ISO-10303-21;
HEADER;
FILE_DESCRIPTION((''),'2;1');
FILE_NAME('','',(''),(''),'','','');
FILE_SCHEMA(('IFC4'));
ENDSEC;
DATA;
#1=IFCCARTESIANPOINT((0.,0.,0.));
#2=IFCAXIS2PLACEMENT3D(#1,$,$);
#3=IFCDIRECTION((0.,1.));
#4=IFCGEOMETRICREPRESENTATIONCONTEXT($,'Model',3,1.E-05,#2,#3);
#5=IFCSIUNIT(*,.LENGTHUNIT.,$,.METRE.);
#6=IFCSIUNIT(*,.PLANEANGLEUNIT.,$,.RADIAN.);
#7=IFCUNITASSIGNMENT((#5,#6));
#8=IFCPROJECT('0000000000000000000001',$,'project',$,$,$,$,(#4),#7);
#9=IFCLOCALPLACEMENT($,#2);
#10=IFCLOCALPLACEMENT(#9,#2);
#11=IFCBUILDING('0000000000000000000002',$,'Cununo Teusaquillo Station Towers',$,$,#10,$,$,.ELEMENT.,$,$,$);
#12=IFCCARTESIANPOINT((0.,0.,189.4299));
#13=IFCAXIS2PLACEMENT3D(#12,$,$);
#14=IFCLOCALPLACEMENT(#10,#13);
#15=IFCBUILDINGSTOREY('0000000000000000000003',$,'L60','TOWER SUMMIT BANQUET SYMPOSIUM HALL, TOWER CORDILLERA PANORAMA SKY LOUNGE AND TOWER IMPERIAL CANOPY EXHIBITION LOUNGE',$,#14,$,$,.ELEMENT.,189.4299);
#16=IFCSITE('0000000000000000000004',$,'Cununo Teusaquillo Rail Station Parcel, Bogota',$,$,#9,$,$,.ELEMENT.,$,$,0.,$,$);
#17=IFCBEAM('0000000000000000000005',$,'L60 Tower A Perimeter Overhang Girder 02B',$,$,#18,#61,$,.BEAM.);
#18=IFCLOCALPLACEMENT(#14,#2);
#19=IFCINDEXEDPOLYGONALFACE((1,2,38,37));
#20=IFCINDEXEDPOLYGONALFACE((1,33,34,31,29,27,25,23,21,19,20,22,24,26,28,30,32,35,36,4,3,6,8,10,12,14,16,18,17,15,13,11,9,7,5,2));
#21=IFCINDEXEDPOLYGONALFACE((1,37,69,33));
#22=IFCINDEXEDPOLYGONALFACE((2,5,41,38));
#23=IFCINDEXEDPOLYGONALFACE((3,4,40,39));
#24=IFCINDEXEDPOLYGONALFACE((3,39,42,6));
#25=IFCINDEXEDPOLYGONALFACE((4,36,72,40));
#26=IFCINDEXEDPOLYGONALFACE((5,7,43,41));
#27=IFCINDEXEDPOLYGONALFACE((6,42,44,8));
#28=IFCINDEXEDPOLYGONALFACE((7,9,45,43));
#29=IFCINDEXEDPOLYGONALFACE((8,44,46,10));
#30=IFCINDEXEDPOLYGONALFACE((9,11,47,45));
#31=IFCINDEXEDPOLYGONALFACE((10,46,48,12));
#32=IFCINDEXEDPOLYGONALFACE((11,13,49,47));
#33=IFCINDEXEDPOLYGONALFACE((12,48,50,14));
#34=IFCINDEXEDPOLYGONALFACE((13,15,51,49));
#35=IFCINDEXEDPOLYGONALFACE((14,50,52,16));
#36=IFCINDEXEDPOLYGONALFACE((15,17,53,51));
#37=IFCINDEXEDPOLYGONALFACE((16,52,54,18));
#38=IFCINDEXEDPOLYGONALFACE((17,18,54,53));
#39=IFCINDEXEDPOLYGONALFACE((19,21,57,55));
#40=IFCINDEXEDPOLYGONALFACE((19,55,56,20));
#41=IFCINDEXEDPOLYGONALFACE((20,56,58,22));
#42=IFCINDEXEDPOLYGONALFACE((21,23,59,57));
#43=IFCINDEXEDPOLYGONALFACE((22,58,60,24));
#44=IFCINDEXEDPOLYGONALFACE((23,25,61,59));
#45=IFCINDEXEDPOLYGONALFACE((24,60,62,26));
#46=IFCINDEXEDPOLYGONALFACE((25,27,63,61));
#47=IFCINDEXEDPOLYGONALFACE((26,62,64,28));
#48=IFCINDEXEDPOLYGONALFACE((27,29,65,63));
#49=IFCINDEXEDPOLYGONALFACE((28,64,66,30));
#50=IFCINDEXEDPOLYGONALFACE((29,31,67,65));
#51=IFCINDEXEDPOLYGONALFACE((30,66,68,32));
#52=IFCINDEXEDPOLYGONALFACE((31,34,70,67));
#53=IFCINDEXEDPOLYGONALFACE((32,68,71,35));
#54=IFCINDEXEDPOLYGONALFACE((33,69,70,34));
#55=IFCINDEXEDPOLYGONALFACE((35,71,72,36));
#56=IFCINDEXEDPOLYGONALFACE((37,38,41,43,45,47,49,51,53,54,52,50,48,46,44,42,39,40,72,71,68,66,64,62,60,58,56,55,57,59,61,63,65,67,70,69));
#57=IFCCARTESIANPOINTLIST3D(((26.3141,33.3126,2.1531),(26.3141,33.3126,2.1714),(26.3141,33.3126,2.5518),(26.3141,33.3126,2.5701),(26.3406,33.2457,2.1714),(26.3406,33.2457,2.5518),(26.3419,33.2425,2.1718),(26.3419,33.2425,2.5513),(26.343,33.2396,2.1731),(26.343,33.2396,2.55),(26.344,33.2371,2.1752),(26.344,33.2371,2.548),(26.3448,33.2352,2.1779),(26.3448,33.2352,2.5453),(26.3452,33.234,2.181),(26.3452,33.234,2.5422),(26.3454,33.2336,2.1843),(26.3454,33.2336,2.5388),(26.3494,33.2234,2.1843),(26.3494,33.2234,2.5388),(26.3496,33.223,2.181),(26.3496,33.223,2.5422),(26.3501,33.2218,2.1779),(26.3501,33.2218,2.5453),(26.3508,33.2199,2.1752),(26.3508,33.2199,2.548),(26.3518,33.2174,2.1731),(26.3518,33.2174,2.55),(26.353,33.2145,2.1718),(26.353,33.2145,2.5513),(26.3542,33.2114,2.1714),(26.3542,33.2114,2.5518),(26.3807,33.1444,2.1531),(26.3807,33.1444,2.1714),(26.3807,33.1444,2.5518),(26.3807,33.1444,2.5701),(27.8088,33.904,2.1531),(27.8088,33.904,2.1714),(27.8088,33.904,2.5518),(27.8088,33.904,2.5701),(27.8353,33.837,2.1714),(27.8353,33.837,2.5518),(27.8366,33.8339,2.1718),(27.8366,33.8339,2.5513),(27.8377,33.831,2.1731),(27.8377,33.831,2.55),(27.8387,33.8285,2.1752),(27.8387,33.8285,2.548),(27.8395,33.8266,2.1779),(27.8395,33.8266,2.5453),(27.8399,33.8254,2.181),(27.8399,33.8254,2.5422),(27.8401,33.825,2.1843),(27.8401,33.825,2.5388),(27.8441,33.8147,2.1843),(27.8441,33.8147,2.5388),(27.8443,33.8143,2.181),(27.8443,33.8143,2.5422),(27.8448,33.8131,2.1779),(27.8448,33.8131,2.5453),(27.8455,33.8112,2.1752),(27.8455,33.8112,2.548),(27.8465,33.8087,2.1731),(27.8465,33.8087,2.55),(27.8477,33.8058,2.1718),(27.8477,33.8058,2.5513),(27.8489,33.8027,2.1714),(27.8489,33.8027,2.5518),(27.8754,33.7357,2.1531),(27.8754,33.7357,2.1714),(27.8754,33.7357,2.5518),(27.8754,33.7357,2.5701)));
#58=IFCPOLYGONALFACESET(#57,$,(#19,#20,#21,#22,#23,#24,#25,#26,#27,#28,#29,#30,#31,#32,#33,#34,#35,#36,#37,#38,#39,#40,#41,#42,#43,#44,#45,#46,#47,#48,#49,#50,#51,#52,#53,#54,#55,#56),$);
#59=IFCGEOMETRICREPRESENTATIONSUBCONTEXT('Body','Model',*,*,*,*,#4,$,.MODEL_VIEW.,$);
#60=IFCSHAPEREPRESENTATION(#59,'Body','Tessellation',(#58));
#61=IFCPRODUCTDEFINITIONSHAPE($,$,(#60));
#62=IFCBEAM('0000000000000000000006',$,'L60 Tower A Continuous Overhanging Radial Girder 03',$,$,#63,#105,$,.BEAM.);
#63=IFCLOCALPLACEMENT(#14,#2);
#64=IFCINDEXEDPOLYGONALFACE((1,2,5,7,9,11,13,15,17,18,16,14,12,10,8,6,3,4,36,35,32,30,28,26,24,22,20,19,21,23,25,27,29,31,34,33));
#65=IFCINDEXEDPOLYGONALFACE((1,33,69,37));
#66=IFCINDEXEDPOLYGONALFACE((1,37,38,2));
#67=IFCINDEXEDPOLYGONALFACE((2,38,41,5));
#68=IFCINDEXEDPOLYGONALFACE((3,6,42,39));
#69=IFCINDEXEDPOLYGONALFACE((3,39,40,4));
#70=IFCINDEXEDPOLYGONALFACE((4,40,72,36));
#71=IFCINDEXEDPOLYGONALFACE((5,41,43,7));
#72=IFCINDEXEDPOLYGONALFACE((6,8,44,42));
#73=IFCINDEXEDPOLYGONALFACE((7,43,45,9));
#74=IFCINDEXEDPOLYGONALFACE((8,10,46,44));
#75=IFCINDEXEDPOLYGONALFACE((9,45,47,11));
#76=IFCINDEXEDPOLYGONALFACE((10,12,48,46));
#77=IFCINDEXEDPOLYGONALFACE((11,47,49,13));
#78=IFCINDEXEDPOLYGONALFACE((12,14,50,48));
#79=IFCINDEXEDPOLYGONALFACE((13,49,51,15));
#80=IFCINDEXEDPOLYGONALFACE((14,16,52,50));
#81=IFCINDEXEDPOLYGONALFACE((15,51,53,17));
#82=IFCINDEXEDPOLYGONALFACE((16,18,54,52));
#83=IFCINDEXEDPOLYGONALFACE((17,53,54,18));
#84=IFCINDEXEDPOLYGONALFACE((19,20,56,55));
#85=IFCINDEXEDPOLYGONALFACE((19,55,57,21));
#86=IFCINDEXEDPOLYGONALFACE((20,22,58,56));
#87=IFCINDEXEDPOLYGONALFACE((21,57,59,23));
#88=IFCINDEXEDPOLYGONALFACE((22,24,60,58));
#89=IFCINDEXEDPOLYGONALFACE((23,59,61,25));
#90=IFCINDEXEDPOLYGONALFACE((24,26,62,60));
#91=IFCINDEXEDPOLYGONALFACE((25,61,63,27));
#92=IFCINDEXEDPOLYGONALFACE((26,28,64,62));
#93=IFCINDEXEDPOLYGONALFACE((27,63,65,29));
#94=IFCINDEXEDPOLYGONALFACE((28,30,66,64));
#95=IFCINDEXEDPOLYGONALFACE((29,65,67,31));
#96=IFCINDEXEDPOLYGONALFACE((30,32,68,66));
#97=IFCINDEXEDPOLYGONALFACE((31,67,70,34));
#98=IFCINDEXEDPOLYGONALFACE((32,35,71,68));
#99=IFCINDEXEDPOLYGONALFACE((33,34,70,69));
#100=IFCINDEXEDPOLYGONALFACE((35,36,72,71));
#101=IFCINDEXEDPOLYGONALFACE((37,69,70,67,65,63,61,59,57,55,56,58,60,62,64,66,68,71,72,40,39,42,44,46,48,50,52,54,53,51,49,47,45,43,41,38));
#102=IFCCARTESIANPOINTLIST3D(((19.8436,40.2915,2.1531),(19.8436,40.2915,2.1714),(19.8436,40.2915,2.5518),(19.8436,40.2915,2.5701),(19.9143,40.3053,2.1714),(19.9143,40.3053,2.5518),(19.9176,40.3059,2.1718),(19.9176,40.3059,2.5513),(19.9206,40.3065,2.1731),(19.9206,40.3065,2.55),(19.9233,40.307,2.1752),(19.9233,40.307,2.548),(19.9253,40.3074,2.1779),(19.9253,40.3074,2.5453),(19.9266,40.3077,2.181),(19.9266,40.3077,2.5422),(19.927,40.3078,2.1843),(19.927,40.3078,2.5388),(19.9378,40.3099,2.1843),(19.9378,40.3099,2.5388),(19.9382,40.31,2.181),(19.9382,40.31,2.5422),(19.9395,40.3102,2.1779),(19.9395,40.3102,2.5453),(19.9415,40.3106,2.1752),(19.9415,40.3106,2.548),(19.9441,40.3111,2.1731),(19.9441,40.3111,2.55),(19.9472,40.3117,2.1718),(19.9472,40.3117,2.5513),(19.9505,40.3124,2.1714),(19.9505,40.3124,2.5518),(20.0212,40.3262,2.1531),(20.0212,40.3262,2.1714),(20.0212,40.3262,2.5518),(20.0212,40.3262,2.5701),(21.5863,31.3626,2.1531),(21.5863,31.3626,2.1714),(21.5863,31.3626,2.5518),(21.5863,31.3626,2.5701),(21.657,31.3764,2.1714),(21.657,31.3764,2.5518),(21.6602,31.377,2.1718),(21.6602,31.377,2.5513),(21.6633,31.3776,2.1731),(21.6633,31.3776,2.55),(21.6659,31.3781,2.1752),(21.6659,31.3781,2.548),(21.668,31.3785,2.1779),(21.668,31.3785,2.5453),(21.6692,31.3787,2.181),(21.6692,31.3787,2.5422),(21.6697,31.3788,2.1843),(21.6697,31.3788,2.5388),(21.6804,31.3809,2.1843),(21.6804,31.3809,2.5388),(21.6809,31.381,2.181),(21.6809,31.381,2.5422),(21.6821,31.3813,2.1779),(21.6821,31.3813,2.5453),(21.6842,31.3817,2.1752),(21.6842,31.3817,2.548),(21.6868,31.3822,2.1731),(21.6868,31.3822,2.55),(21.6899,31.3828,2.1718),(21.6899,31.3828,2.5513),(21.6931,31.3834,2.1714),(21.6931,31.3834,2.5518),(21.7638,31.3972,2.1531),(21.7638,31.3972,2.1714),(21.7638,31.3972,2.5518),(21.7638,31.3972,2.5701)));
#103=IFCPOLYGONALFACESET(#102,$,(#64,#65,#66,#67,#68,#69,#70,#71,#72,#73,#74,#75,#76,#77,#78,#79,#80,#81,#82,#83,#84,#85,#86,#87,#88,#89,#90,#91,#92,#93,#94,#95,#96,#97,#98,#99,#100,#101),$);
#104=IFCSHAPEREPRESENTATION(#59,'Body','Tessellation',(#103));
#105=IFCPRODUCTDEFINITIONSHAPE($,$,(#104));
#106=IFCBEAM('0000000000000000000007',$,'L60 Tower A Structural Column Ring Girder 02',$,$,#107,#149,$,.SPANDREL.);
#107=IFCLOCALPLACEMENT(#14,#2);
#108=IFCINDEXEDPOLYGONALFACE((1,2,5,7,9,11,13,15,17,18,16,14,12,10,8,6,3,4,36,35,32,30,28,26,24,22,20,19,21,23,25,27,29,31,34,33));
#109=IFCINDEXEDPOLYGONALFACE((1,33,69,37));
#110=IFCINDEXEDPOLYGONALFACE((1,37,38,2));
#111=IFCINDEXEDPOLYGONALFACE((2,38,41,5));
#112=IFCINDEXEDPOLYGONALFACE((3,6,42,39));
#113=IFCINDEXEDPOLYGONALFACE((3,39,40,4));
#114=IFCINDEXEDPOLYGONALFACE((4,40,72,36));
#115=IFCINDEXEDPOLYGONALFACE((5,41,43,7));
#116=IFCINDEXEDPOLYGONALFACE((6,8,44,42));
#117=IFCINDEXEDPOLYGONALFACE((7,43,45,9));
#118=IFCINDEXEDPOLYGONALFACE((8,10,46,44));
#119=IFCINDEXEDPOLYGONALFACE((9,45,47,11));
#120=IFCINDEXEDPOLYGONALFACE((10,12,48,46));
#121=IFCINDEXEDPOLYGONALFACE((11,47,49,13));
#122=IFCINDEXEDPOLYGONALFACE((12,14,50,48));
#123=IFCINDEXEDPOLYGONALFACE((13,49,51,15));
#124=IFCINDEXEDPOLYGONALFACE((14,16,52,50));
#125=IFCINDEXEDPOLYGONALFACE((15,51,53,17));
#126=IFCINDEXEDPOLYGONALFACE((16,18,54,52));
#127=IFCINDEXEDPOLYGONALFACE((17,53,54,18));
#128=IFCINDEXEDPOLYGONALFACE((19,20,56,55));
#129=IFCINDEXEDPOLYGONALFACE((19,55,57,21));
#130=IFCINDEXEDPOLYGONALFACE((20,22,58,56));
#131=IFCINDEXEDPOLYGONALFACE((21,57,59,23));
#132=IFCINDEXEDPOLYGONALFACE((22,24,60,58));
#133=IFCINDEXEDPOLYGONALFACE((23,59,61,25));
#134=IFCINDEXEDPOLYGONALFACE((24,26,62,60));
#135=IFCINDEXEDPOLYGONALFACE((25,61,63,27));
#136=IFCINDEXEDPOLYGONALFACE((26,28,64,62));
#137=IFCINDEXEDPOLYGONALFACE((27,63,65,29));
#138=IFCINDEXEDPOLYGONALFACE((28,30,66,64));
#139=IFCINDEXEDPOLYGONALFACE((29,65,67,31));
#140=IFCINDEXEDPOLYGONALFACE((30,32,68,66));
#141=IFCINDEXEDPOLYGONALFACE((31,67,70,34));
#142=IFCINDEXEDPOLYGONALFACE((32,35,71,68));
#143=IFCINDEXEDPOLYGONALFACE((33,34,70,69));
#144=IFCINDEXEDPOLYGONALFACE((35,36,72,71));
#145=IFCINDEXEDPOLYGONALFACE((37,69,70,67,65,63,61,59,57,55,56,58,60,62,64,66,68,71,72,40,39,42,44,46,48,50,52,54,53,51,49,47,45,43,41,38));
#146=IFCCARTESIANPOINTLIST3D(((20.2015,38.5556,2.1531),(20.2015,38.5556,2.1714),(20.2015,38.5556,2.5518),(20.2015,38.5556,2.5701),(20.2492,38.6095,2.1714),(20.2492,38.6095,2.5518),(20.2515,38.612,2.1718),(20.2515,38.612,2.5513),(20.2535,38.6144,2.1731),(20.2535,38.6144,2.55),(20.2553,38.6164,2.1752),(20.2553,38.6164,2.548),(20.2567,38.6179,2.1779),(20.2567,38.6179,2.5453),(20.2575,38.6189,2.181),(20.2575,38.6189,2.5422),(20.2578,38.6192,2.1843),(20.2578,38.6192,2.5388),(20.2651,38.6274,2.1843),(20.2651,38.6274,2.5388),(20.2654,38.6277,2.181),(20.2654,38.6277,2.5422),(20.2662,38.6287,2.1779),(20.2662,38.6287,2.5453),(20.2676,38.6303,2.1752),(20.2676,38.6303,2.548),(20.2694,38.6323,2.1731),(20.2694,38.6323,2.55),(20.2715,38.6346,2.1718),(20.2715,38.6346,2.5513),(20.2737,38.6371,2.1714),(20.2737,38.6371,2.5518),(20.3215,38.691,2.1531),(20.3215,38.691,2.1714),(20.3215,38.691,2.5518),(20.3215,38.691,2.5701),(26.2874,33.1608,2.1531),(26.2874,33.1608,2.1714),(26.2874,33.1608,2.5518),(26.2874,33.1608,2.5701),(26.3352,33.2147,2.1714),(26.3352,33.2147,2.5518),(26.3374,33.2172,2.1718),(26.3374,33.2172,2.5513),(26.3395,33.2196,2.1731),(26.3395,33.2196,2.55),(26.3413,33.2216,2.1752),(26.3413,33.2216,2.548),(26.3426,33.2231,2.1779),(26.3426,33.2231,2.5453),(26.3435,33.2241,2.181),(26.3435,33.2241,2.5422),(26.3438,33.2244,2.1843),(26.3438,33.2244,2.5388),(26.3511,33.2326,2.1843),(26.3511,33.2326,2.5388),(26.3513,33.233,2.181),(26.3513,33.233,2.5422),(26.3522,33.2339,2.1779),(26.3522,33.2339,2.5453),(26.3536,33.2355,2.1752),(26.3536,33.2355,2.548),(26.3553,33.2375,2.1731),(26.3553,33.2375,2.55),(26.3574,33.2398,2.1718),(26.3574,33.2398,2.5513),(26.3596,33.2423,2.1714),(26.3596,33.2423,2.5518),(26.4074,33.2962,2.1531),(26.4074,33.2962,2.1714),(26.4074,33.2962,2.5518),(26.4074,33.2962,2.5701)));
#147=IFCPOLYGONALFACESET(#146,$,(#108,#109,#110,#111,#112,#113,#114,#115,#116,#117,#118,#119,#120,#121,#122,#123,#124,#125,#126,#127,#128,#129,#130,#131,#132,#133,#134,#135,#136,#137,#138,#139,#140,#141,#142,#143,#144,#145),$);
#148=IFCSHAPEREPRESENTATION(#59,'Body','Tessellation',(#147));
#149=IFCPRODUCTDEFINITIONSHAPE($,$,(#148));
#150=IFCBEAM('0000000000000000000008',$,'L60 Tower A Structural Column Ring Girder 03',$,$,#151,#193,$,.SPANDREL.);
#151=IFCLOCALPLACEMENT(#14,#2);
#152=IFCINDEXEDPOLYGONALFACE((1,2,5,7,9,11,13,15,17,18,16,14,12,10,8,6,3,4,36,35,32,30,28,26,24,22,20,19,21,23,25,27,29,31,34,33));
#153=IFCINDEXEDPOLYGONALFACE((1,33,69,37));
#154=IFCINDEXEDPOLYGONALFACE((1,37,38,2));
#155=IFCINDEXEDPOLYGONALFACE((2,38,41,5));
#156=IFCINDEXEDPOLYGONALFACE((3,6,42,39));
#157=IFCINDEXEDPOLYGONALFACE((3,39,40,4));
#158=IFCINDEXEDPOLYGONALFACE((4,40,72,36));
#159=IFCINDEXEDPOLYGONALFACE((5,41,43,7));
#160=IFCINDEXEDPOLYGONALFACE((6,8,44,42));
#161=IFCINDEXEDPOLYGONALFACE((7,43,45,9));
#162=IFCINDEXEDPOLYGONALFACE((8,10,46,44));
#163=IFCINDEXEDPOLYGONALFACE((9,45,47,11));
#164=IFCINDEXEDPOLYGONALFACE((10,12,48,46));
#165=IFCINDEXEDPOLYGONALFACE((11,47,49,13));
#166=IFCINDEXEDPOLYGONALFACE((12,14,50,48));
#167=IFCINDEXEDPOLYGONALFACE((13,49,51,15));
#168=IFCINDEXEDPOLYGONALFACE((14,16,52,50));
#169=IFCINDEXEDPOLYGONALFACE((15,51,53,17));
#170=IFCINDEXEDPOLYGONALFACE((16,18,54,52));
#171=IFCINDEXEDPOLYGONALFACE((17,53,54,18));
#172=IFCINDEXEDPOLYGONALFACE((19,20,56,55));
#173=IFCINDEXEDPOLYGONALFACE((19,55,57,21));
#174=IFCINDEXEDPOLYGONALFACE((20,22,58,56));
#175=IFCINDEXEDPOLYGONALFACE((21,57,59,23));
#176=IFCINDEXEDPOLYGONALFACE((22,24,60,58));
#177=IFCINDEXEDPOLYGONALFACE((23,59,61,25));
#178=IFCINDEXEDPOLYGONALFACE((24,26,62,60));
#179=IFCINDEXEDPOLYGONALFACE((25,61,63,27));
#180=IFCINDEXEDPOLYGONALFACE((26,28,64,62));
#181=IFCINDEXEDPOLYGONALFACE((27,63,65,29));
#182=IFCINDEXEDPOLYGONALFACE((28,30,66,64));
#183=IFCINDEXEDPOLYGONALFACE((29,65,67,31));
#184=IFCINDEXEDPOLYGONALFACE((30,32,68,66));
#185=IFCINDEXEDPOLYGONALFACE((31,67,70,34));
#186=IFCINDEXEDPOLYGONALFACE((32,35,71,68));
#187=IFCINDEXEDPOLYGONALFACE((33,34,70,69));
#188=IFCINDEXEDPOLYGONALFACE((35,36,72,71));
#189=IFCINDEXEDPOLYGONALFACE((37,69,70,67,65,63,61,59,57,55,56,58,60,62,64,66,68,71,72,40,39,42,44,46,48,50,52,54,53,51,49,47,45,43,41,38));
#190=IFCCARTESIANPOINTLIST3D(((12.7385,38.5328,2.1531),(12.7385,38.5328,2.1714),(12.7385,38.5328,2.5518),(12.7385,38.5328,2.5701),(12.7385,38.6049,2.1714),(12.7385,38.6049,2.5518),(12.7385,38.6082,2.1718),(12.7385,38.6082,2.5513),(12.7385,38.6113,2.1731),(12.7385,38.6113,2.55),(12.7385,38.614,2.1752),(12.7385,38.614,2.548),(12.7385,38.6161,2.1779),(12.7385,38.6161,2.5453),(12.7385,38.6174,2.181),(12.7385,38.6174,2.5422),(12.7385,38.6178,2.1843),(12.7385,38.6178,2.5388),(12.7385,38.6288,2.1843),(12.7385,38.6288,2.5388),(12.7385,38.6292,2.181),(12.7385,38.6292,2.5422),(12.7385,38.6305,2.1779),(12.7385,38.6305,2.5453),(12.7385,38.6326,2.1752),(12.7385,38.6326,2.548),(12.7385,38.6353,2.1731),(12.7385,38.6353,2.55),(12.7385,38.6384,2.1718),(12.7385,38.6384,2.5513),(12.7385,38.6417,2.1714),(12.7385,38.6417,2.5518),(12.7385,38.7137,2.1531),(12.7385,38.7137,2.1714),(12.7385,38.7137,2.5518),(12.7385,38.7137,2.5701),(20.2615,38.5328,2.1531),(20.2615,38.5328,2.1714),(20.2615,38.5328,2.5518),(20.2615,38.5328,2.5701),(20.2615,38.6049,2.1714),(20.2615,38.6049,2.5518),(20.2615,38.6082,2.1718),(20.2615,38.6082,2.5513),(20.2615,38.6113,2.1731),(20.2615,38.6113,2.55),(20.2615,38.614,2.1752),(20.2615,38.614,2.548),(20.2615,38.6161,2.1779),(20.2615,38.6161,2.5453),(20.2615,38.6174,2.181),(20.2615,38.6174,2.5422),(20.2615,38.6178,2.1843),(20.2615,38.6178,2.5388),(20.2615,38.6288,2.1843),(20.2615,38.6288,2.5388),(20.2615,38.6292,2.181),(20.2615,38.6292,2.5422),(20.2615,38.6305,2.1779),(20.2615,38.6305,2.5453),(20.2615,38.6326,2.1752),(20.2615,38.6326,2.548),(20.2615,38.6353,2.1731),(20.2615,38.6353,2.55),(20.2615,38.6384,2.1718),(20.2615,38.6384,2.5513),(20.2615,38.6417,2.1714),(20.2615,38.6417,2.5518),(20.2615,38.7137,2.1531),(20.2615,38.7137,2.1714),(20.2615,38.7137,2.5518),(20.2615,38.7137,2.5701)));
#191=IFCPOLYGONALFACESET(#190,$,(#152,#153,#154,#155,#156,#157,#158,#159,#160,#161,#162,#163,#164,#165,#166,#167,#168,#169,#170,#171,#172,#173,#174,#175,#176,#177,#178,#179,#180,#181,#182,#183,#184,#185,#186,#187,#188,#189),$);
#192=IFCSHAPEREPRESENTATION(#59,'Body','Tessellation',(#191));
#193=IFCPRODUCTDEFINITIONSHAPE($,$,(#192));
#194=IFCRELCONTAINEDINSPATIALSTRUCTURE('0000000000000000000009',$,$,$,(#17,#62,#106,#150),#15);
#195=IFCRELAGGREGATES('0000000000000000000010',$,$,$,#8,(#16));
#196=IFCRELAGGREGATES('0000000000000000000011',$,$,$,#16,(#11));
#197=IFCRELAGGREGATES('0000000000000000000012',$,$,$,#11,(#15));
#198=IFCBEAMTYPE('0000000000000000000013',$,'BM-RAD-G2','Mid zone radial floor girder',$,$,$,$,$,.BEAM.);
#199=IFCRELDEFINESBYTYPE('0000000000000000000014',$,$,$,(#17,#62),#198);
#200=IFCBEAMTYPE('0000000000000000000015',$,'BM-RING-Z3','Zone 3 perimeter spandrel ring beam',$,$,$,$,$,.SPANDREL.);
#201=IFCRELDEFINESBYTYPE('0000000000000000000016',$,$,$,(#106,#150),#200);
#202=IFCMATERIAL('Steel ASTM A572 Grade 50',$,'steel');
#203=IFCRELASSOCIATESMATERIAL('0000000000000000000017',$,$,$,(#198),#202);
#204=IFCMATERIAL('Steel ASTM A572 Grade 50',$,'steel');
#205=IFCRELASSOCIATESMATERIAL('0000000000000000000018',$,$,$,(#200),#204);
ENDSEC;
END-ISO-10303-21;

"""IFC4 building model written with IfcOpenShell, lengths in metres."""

from ifc_helpers import new_model, si_unit, direction, frame, origin, origin_2d, place, context, subcontext, project, spatial, i_section, extrude, material, material_profile, profile_set, type_object, element, save


model = new_model("IFC4")

# Units and contexts
model_context = context("Model", 3, precision=1e-05, world=origin(), true_north=direction((0.0, 1.0)))
body_context = subcontext(model_context, "Body", "Model", "MODEL_VIEW")
ifc_project = project(units=[si_unit("LENGTHUNIT", "METRE"), si_unit("PLANEANGLEUNIT", "RADIAN")], contexts=[model_context])

# Site, building, storey
site_placement = place(None, origin())
site = spatial("IfcSite", under=ifc_project, at=site_placement, Name="Cununo Teusaquillo Rail Station Parcel, Bogota", CompositionType="ELEMENT", RefElevation=0.0)
building_placement = place(site_placement, origin())
building = spatial("IfcBuilding", under=site, at=building_placement, Name="Cununo Teusaquillo Station Towers", CompositionType="ELEMENT")
storey_placement = place(building_placement, frame((0.0, 0.0, 189.4299)))
storey = spatial("IfcBuildingStorey", under=building, at=storey_placement, Name="L60", Description="TOWER SUMMIT BANQUET SYMPOSIUM HALL, TOWER CORDILLERA PANORAMA SKY LOUNGE AND TOWER IMPERIAL CANOPY EXHIBITION LOUNGE", CompositionType="ELEMENT", Elevation=189.4299)

# Beams
ifc_material_1 = material(Name="Steel ASTM A572 Grade 50", Category="steel")
ifc_material_profile_1 = material_profile(ifc_material_1, i_section(OverallWidth=0.1809, OverallDepth=0.417, WebThickness=0.011, FlangeThickness=0.0183, FilletRadius=0.0129, at=origin_2d()), Name="W16X57")
ifc_profile_set_1 = profile_set([ifc_material_profile_1], Name="Steel ASTM A572 Grade 50")
beam_type_1 = type_object("IfcBeamType", Name="BM-RAD-G2", Description="Mid zone radial floor girder", PredefinedType="BEAM", material=ifc_profile_set_1)
beam_1_placement = place(storey_placement, frame((26.3474, 33.2285, 2.3616), z_axis=(0.929874, 0.367879, 0.0), x_axis=(-0.367879, 0.929874, 0.0)))
element("IfcBeam", 1, at=beam_1_placement, inside=storey, type_object=beam_type_1, Name="L60 Tower A Perimeter Overhang Girder 02B", PredefinedType="BEAM", context=body_context, shape_type="SweptSolid", body=[
    extrude(i_section(OverallWidth=0.1809, OverallDepth=0.417, WebThickness=0.011, FlangeThickness=0.0183, FilletRadius=0.0129, at=origin_2d()), origin(), (0.0, 0.0, 1.0), 1.6074),
])
beam_2_placement = place(storey_placement, frame((21.675, 31.3799, 2.3616), z_axis=(-0.191557, 0.981481, 0.0), x_axis=(-0.981481, -0.191557, 0.0)))
element("IfcBeam", 2, at=beam_2_placement, inside=storey, type_object=beam_type_1, Name="L60 Tower A Continuous Overhanging Radial Girder 03", PredefinedType="BEAM", context=body_context, shape_type="SweptSolid", body=[
    extrude(i_section(OverallWidth=0.1809, OverallDepth=0.417, WebThickness=0.011, FlangeThickness=0.0183, FilletRadius=0.0129, at=origin_2d()), origin(), (0.0, 0.0, 1.0), 9.0974),
])
ifc_material_2 = material(Name="Steel ASTM A572 Grade 50", Category="steel")
ifc_material_profile_2 = material_profile(ifc_material_2, i_section(OverallWidth=0.1809, OverallDepth=0.417, WebThickness=0.011, FlangeThickness=0.0183, FilletRadius=0.0129, at=origin_2d()), Name="W16X57")
ifc_profile_set_2 = profile_set([ifc_material_profile_2], Name="Steel ASTM A572 Grade 50")
beam_type_2 = type_object("IfcBeamType", Name="BM-RING-Z3", Description="Zone 3 perimeter spandrel ring beam", PredefinedType="SPANDREL", material=ifc_profile_set_2)
beam_3_placement = place(storey_placement, frame((26.3474, 33.2285, 2.3616), z_axis=(-0.748321, 0.663337, 0.0), x_axis=(-0.663337, -0.748321, 0.0)))
element("IfcBeam", 3, at=beam_3_placement, inside=storey, type_object=beam_type_2, Name="L60 Tower A Structural Column Ring Girder 02", PredefinedType="SPANDREL", context=body_context, shape_type="SweptSolid", body=[
    extrude(i_section(OverallWidth=0.1809, OverallDepth=0.417, WebThickness=0.011, FlangeThickness=0.0183, FilletRadius=0.0129, at=origin_2d()), origin(), (0.0, 0.0, 1.0), 8.1328),
])
beam_4_placement = place(storey_placement, frame((20.2615, 38.6233, 2.3616), z_axis=(-1.0, 0.0, 0.0), x_axis=(0.0, -1.0, 0.0)))
element("IfcBeam", 4, at=beam_4_placement, inside=storey, type_object=beam_type_2, Name="L60 Tower A Structural Column Ring Girder 03", PredefinedType="SPANDREL", context=body_context, shape_type="SweptSolid", body=[
    extrude(i_section(OverallWidth=0.1809, OverallDepth=0.417, WebThickness=0.011, FlangeThickness=0.0183, FilletRadius=0.0129, at=origin_2d()), origin(), (0.0, 0.0, 1.0), 7.5229),
])

save(model, "model.ifc")
